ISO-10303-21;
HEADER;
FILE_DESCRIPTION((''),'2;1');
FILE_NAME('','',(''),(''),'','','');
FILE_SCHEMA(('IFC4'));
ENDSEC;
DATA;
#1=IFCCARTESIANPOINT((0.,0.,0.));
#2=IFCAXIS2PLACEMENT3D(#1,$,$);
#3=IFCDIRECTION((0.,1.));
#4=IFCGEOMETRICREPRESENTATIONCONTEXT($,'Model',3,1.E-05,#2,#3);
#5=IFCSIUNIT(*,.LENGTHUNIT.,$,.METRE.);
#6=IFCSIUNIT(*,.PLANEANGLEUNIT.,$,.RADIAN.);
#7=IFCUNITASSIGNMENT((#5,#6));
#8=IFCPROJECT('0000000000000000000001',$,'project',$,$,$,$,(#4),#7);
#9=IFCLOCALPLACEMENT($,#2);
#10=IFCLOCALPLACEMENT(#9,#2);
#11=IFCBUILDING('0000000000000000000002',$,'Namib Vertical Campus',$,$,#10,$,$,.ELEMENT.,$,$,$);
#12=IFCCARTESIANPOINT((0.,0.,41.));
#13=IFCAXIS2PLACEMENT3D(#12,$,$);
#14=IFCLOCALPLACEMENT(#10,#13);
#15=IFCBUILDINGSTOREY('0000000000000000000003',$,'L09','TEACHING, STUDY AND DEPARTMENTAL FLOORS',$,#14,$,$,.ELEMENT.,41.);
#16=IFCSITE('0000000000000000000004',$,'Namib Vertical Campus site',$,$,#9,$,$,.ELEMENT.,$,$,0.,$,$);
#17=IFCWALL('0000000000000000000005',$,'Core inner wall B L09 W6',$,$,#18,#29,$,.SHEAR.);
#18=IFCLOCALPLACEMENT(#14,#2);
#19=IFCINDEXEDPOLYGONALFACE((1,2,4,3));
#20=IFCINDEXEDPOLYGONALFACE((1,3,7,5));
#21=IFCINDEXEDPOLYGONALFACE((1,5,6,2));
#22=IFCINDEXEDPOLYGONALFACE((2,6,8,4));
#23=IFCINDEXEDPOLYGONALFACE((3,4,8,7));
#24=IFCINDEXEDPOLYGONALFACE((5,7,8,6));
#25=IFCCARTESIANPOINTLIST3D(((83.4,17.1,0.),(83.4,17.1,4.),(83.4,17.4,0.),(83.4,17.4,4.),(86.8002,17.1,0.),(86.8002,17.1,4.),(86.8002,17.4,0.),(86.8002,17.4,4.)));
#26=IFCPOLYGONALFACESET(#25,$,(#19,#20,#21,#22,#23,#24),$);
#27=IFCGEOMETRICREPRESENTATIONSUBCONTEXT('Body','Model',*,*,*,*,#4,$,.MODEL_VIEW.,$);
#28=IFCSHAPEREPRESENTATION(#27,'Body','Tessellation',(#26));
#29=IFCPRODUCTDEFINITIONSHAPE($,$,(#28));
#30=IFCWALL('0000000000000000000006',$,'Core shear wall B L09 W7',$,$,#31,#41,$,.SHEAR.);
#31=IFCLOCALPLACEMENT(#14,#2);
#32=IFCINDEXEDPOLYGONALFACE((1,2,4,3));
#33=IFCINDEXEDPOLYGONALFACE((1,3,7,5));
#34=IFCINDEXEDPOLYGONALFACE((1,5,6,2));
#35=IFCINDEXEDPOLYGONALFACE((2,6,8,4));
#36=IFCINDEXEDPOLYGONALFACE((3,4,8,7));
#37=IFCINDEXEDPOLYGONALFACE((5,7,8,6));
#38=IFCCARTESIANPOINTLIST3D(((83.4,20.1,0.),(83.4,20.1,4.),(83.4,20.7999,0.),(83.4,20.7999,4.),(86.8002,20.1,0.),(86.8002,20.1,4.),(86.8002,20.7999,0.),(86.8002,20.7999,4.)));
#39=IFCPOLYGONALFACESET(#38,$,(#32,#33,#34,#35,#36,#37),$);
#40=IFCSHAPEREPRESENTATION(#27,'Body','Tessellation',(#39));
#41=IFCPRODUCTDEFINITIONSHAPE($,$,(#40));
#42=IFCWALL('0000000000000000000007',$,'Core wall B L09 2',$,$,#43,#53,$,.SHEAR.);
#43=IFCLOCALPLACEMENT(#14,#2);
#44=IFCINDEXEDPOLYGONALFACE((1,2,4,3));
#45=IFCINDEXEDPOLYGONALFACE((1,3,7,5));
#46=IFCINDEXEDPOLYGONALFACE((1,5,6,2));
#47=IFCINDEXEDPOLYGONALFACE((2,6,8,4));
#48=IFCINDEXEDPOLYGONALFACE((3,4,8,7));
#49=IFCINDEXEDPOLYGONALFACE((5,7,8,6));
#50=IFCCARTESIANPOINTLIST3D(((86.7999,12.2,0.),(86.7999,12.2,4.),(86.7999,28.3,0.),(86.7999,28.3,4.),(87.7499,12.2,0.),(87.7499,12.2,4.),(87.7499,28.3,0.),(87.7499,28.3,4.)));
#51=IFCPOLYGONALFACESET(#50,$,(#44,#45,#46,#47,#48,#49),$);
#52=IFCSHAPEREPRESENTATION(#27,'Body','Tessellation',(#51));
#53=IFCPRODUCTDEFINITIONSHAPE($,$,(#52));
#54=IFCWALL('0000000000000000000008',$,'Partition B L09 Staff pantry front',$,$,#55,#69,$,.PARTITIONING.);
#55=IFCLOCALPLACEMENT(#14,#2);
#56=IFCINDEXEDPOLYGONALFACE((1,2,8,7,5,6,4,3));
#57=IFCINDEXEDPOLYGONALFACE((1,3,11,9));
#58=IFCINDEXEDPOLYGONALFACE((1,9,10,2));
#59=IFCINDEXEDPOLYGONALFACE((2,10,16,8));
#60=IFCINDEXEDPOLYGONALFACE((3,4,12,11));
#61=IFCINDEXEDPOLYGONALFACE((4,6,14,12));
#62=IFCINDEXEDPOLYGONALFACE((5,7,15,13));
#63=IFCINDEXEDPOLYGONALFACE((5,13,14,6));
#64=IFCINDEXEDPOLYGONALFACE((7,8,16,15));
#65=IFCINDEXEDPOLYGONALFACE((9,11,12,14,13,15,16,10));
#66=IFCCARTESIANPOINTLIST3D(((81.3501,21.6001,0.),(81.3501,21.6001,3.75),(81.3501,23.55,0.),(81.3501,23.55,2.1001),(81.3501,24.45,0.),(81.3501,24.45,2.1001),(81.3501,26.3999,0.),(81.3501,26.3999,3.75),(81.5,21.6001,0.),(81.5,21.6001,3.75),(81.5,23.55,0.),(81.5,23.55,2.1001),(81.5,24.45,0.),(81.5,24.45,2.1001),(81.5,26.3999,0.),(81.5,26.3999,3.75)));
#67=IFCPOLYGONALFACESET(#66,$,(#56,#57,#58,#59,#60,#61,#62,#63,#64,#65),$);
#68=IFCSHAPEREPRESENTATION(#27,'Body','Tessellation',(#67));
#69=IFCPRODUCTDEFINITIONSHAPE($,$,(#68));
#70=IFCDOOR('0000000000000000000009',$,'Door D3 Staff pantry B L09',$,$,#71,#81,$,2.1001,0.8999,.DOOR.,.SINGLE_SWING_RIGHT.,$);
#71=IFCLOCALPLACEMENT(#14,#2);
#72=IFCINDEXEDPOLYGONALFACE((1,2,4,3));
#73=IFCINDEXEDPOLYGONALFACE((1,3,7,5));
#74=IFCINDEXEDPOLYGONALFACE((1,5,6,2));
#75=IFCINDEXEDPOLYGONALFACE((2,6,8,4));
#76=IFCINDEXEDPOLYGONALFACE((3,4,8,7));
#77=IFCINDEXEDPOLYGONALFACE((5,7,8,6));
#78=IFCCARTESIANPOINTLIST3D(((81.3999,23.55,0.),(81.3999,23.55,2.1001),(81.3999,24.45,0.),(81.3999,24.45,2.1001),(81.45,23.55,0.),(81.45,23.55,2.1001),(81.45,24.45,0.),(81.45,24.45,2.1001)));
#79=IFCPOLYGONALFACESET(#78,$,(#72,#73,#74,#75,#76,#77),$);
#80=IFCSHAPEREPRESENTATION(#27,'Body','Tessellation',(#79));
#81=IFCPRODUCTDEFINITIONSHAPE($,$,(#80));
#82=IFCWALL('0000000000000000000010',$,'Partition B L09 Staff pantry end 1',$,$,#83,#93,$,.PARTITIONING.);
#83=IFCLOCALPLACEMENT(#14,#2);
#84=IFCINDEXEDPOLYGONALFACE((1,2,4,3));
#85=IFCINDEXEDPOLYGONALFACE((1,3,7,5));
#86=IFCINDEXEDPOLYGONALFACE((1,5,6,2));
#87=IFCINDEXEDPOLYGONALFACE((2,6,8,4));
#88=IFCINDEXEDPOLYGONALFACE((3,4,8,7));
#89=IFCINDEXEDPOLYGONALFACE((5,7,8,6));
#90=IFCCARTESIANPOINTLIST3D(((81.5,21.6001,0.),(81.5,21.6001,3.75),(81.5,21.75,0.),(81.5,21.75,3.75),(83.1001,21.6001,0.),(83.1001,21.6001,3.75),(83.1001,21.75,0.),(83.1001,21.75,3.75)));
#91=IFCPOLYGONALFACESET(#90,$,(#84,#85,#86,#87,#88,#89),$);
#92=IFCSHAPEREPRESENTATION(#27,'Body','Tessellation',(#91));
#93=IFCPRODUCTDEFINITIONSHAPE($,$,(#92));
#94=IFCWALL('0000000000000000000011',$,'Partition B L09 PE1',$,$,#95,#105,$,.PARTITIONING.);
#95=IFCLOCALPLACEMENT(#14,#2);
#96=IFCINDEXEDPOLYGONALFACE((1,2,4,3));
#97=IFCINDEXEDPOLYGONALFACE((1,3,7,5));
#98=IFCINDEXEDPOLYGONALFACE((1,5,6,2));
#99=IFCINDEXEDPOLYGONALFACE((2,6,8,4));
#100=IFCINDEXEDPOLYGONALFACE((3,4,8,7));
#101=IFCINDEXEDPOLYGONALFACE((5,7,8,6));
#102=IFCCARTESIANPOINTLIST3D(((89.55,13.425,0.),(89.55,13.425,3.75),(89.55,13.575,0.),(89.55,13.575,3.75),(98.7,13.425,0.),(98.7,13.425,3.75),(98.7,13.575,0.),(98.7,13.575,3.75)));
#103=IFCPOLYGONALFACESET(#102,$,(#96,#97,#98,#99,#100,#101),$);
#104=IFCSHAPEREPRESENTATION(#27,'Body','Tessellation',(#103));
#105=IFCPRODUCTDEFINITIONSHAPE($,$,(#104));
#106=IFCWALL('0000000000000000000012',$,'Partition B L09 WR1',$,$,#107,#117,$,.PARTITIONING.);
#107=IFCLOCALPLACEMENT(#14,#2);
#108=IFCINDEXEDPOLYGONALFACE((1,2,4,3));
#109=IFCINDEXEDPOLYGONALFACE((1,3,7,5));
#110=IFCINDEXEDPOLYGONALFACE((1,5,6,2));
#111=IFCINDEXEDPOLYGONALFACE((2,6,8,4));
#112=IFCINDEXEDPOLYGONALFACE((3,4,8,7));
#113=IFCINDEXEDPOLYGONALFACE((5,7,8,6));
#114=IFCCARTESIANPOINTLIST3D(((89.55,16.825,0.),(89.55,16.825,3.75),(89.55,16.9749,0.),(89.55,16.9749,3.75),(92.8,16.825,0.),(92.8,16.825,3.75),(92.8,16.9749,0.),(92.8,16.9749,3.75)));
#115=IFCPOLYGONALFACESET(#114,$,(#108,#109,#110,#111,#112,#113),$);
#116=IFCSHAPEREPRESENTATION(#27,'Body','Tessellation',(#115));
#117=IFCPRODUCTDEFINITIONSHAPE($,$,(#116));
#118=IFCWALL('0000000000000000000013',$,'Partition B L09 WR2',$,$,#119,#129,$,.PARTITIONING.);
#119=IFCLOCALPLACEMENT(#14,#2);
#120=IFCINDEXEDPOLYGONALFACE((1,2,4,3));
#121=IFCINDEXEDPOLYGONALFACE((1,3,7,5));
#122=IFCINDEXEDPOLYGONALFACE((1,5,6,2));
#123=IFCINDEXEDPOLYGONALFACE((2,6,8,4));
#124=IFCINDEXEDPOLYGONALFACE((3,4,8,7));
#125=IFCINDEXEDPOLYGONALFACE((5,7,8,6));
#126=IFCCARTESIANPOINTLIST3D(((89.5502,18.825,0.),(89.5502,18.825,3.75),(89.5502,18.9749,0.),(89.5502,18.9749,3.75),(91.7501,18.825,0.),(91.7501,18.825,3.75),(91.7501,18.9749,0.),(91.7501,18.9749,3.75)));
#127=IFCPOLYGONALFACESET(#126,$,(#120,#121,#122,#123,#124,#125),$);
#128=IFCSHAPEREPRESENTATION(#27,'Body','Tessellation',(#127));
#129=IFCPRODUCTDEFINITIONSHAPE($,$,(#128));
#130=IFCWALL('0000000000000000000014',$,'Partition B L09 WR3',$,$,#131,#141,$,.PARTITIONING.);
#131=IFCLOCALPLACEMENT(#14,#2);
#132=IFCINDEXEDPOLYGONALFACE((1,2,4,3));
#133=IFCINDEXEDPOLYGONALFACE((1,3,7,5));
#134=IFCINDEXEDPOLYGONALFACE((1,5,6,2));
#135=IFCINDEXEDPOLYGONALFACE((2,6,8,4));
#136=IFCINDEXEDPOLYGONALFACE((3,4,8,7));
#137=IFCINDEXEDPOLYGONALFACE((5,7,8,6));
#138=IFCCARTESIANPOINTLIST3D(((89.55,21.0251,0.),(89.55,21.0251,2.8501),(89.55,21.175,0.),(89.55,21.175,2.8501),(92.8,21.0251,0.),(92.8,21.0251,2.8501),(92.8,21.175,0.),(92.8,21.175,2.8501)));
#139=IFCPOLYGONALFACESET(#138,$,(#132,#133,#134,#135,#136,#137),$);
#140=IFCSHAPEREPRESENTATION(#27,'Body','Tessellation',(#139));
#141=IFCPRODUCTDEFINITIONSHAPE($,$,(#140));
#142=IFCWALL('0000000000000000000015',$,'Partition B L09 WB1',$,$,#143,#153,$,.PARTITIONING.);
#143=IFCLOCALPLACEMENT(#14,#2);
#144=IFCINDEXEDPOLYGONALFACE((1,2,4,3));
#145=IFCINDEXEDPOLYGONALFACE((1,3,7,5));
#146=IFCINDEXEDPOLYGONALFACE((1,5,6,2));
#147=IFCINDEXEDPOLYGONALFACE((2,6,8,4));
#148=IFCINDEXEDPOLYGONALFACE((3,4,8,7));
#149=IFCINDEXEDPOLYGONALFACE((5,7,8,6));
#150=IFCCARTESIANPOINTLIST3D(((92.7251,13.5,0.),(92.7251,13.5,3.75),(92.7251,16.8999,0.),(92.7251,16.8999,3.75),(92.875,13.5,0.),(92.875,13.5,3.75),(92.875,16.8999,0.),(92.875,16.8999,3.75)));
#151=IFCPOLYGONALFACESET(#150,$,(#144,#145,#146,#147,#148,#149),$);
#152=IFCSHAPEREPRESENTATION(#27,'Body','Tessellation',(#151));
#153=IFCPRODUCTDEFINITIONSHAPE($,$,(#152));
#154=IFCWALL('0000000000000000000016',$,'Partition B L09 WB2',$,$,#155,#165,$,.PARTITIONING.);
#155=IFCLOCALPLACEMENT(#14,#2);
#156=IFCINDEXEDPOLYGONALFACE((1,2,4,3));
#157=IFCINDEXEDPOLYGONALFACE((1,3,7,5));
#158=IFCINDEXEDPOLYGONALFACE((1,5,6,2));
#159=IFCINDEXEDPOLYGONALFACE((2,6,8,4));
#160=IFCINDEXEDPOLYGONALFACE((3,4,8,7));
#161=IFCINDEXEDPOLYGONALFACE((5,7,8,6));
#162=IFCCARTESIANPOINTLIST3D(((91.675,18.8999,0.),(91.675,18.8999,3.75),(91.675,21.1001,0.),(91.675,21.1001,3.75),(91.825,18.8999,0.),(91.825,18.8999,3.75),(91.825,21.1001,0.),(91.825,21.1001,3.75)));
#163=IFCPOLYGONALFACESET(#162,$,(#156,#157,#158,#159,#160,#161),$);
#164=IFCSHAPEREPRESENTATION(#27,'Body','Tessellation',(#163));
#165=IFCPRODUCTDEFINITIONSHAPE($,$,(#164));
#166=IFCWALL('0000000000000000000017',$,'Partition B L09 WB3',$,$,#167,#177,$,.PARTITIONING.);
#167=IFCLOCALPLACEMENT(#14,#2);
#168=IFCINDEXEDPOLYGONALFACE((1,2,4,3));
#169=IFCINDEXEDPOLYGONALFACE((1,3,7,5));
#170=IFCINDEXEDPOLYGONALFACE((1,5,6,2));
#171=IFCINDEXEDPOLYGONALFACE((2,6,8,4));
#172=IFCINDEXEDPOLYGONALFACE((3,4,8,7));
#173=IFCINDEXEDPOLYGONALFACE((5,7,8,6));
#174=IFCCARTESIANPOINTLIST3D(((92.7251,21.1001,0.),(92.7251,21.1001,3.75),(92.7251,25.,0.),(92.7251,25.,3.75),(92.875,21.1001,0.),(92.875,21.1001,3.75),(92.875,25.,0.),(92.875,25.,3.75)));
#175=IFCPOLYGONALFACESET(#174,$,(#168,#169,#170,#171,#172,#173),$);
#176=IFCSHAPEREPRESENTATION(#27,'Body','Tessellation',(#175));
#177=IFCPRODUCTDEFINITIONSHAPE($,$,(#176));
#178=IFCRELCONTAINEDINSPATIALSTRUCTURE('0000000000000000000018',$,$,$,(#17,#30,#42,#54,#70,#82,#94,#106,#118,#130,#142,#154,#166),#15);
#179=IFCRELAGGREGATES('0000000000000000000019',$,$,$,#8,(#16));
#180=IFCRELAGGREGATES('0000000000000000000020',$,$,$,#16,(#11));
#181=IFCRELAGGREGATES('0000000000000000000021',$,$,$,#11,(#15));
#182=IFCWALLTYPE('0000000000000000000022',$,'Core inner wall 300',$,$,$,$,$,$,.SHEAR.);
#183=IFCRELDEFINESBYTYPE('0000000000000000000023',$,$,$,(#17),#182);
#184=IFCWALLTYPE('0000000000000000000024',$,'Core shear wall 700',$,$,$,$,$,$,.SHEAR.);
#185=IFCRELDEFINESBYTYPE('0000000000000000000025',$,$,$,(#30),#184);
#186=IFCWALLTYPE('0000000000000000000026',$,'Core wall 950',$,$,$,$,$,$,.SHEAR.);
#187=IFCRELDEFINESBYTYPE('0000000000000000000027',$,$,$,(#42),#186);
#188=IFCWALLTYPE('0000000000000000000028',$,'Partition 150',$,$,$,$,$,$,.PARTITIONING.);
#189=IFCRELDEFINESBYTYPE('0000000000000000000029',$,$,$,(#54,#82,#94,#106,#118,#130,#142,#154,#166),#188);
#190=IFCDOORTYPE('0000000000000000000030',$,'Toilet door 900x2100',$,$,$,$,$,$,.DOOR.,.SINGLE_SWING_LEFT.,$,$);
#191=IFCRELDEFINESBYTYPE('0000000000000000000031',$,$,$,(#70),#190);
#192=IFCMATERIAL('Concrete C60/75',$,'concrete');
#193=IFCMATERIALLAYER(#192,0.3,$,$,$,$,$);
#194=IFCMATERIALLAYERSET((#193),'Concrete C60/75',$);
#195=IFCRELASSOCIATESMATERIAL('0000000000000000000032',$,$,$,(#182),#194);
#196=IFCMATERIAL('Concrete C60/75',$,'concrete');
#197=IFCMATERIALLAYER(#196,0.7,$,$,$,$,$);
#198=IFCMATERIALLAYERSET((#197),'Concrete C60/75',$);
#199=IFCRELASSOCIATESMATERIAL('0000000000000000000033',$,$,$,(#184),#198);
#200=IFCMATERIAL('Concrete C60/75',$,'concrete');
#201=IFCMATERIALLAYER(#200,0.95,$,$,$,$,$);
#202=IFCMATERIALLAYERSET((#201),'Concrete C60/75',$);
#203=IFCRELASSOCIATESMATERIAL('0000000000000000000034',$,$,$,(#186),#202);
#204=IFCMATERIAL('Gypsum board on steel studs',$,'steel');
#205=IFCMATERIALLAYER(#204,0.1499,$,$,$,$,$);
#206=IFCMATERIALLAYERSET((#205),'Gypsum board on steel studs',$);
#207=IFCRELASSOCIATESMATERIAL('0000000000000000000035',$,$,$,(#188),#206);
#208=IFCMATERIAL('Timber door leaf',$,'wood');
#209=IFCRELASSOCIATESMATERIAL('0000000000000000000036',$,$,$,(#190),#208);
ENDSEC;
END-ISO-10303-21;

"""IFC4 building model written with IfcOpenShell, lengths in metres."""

from ifc_helpers import new_model, si_unit, direction, frame, frame_2d, origin, place, context, subcontext, project, spatial, rectangle, extrude, material, layer, layer_set, type_object, element, fill, save


model = new_model("IFC4")

# Units and contexts
model_context = context("Model", 3, precision=1e-05, world=origin(), true_north=direction((0.0, 1.0)))
body_context = subcontext(model_context, "Body", "Model", "MODEL_VIEW")
ifc_project = project(units=[si_unit("LENGTHUNIT", "METRE"), si_unit("PLANEANGLEUNIT", "RADIAN")], contexts=[model_context])

# Site, building, storey
site_placement = place(None, origin())
site = spatial("IfcSite", under=ifc_project, at=site_placement, Name="Namib Vertical Campus site", CompositionType="ELEMENT", RefElevation=0.0)
building_placement = place(site_placement, origin())
building = spatial("IfcBuilding", under=site, at=building_placement, Name="Namib Vertical Campus", CompositionType="ELEMENT")
storey_placement = place(building_placement, frame((0.0, 0.0, 41.0)))
storey = spatial("IfcBuildingStorey", under=building, at=storey_placement, Name="L09", Description="TEACHING, STUDY AND DEPARTMENTAL FLOORS", CompositionType="ELEMENT", Elevation=41.0)

# Shared definitions
ifc_material_1 = material(Name="Concrete C60/75", Category="concrete")
ifc_layer_1 = layer(ifc_material_1, 0.3)
ifc_layer_set_1 = layer_set([ifc_layer_1], Name="Concrete C60/75")
wall_type_1 = type_object("IfcWallType", Name="Core inner wall 300", PredefinedType="SHEAR", material=ifc_layer_set_1)

# Walls
for number, where, z_axis, x_axis, name in (
    (1, (83.3999, 17.25, 0.0), (0.0, 0.0, 1.0), (1.0, 0.0, 0.0), "Core inner wall B L09 W6"),
):
    element("IfcWall", number, at=place(storey_placement, frame(where, z_axis=z_axis, x_axis=x_axis)), inside=storey, type_object=wall_type_1, Name=name, PredefinedType="SHEAR", context=body_context, shape_type="SweptSolid", body=[
        extrude(rectangle(XDim=3.4001, YDim=0.3, at=frame_2d((1.7002, 0.0))), origin(), (0.0, 0.0, 1.0), 4.0),
    ])
ifc_material_2 = material(Name="Concrete C60/75", Category="concrete")
ifc_layer_2 = layer(ifc_material_2, 0.7)
ifc_layer_set_2 = layer_set([ifc_layer_2], Name="Concrete C60/75")
wall_type_2 = type_object("IfcWallType", Name="Core shear wall 700", PredefinedType="SHEAR", material=ifc_layer_set_2)
wall_1_placement = place(storey_placement, frame((83.3999, 20.45, 0.0), z_axis=(0.0, 0.0, 1.0), x_axis=(1.0, 0.0, 0.0)))
element("IfcWall", 2, at=wall_1_placement, inside=storey, type_object=wall_type_2, Name="Core shear wall B L09 W7", PredefinedType="SHEAR", context=body_context, shape_type="SweptSolid", body=[
    extrude(rectangle(XDim=3.4001, YDim=0.7, at=frame_2d((1.7002, 0.0))), origin(), (0.0, 0.0, 1.0), 4.0),
])
ifc_material_3 = material(Name="Concrete C60/75", Category="concrete")
ifc_layer_3 = layer(ifc_material_3, 0.95)
ifc_layer_set_3 = layer_set([ifc_layer_3], Name="Concrete C60/75")
wall_type_3 = type_object("IfcWallType", Name="Core wall 950", PredefinedType="SHEAR", material=ifc_layer_set_3)
wall_2_placement = place(storey_placement, frame((87.2749, 12.2, 0.0), z_axis=(0.0, 0.0, 1.0), x_axis=(0.0, 1.0, 0.0)))
element("IfcWall", 3, at=wall_2_placement, inside=storey, type_object=wall_type_3, Name="Core wall B L09 2", PredefinedType="SHEAR", context=body_context, shape_type="SweptSolid", body=[
    extrude(rectangle(XDim=16.1001, YDim=0.95, at=frame_2d((8.05, 0.0))), origin(), (0.0, 0.0, 1.0), 4.0),
])

# Wall, opening, door
ifc_material_4 = material(Name="Gypsum board on steel studs", Category="steel")
ifc_layer_4 = layer(ifc_material_4, 0.1499)
ifc_layer_set_4 = layer_set([ifc_layer_4], Name="Gypsum board on steel studs")
wall_type_4 = type_object("IfcWallType", Name="Partition 150", PredefinedType="PARTITIONING", material=ifc_layer_set_4)
wall_3_placement = place(storey_placement, frame((81.425, 21.6001, 0.0), z_axis=(0.0, 0.0, 1.0), x_axis=(0.0, 1.0, 0.0)))
wall_3 = element("IfcWall", 4, at=wall_3_placement, inside=storey, type_object=wall_type_4, Name="Partition B L09 Staff pantry front", PredefinedType="PARTITIONING", context=body_context, shape_type="SweptSolid", body=[
    extrude(rectangle(XDim=4.7998, YDim=0.1499, at=frame_2d((2.3999, 0.0))), origin(), (0.0, 0.0, 1.0), 3.75),
])
opening_1_placement = place(wall_3_placement, frame((1.95, 0.0, 0.0)))
opening_1 = element("IfcOpeningElement", 5, at=opening_1_placement, cuts=wall_3, PredefinedType="OPENING", context=body_context, shape_type="SweptSolid", body=[
    extrude(rectangle(XDim=0.8999, YDim=2.1001, at=frame_2d((0.45, 1.05))), frame((0.0, 0.085, 0.0), z_axis=(0.0, -1.0, 0.0), x_axis=(1.0, 0.0, 0.0)), (0.0, 0.0, 1.0), 0.1699),
])
ifc_material_5 = material(Name="Timber door leaf", Category="wood")
door_type_1 = type_object("IfcDoorType", Name="Toilet door 900x2100", OperationType="SINGLE_SWING_LEFT", PredefinedType="DOOR", material=ifc_material_5)
door_1_placement = place(opening_1_placement, frame((0.8999, 0.0, 0.0), z_axis=(0.0, 0.0, 1.0), x_axis=(-1.0, 0.0, 0.0)))
door_1 = element("IfcDoor", 6, at=door_1_placement, inside=storey, type_object=door_type_1, Name="Door D3 Staff pantry B L09", OperationType="SINGLE_SWING_RIGHT", OverallHeight=2.1001, OverallWidth=0.8999, PredefinedType="DOOR", context=body_context, shape_type="SweptSolid", body=[
    extrude(rectangle(XDim=0.8999, YDim=2.1001, at=frame_2d((0.45, 1.05))), frame((0.0, 0.0249, 0.0), z_axis=(0.0, -1.0, 0.0), x_axis=(1.0, 0.0, 0.0)), (0.0, 0.0, 1.0), 0.05),
])
fill(opening_1, door_1)

# Walls
wall_4_placement = place(storey_placement, frame((81.5, 21.675, 0.0), z_axis=(0.0, 0.0, 1.0), x_axis=(1.0, 0.0, 0.0)))
element("IfcWall", 7, at=wall_4_placement, inside=storey, type_object=wall_type_4, Name="Partition B L09 Staff pantry end 1", PredefinedType="PARTITIONING", context=body_context, shape_type="SweptSolid", body=[
    extrude(rectangle(XDim=1.6001, YDim=0.1499, at=frame_2d((0.8, 0.0))), origin(), (0.0, 0.0, 1.0), 3.75),
])
wall_5_placement = place(storey_placement, frame((89.55, 13.5, 0.0), z_axis=(0.0, 0.0, 1.0), x_axis=(1.0, 0.0, 0.0)))
element("IfcWall", 8, at=wall_5_placement, inside=storey, type_object=wall_type_4, Name="Partition B L09 PE1", PredefinedType="PARTITIONING", context=body_context, shape_type="SweptSolid", body=[
    extrude(rectangle(XDim=9.1499, YDim=0.1499, at=frame_2d((4.575, 0.0))), origin(), (0.0, 0.0, 1.0), 3.75),
])
wall_6_placement = place(storey_placement, frame((89.55, 16.8999, 0.0), z_axis=(0.0, 0.0, 1.0), x_axis=(1.0, 0.0, 0.0)))
element("IfcWall", 9, at=wall_6_placement, inside=storey, type_object=wall_type_4, Name="Partition B L09 WR1", PredefinedType="PARTITIONING", context=body_context, shape_type="SweptSolid", body=[
    extrude(rectangle(XDim=3.25, YDim=0.1499, at=frame_2d((1.625, 0.0))), origin(), (0.0, 0.0, 1.0), 3.75),
])
wall_7_placement = place(storey_placement, frame((89.55, 18.8999, 0.0), z_axis=(0.0, 0.0, 1.0), x_axis=(1.0, 0.0, 0.0)))
element("IfcWall", 10, at=wall_7_placement, inside=storey, type_object=wall_type_4, Name="Partition B L09 WR2", PredefinedType="PARTITIONING", context=body_context, shape_type="SweptSolid", body=[
    extrude(rectangle(XDim=2.2, YDim=0.1499, at=frame_2d((1.1001, 0.0))), origin(), (0.0, 0.0, 1.0), 3.75),
])
wall_8_placement = place(storey_placement, frame((89.55, 21.1001, 0.0), z_axis=(0.0, 0.0, 1.0), x_axis=(1.0, 0.0, 0.0)))
element("IfcWall", 11, at=wall_8_placement, inside=storey, type_object=wall_type_4, Name="Partition B L09 WR3", PredefinedType="PARTITIONING", context=body_context, shape_type="SweptSolid", body=[
    extrude(rectangle(XDim=3.25, YDim=0.1499, at=frame_2d((1.625, 0.0))), origin(), (0.0, 0.0, 1.0), 2.8501),
])
wall_9_placement = place(storey_placement, frame((92.8, 13.5, 0.0), z_axis=(0.0, 0.0, 1.0), x_axis=(0.0, 1.0, 0.0)))
element("IfcWall", 12, at=wall_9_placement, inside=storey, type_object=wall_type_4, Name="Partition B L09 WB1", PredefinedType="PARTITIONING", context=body_context, shape_type="SweptSolid", body=[
    extrude(rectangle(XDim=3.3999, YDim=0.1499, at=frame_2d((1.7, 0.0))), origin(), (0.0, 0.0, 1.0), 3.75),
])
wall_10_placement = place(storey_placement, frame((91.75, 18.8999, 0.0), z_axis=(0.0, 0.0, 1.0), x_axis=(0.0, 1.0, 0.0)))
element("IfcWall", 13, at=wall_10_placement, inside=storey, type_object=wall_type_4, Name="Partition B L09 WB2", PredefinedType="PARTITIONING", context=body_context, shape_type="SweptSolid", body=[
    extrude(rectangle(XDim=2.2002, YDim=0.1499, at=frame_2d((1.1001, 0.0))), origin(), (0.0, 0.0, 1.0), 3.75),
])
wall_11_placement = place(storey_placement, frame((92.8, 21.1001, 0.0), z_axis=(0.0, 0.0, 1.0), x_axis=(0.0, 1.0, 0.0)))
element("IfcWall", 14, at=wall_11_placement, inside=storey, type_object=wall_type_4, Name="Partition B L09 WB3", PredefinedType="PARTITIONING", context=body_context, shape_type="SweptSolid", body=[
    extrude(rectangle(XDim=3.8999, YDim=0.1499, at=frame_2d((1.95, 0.0))), origin(), (0.0, 0.0, 1.0), 3.75),
])

save(model, "model.ifc")
